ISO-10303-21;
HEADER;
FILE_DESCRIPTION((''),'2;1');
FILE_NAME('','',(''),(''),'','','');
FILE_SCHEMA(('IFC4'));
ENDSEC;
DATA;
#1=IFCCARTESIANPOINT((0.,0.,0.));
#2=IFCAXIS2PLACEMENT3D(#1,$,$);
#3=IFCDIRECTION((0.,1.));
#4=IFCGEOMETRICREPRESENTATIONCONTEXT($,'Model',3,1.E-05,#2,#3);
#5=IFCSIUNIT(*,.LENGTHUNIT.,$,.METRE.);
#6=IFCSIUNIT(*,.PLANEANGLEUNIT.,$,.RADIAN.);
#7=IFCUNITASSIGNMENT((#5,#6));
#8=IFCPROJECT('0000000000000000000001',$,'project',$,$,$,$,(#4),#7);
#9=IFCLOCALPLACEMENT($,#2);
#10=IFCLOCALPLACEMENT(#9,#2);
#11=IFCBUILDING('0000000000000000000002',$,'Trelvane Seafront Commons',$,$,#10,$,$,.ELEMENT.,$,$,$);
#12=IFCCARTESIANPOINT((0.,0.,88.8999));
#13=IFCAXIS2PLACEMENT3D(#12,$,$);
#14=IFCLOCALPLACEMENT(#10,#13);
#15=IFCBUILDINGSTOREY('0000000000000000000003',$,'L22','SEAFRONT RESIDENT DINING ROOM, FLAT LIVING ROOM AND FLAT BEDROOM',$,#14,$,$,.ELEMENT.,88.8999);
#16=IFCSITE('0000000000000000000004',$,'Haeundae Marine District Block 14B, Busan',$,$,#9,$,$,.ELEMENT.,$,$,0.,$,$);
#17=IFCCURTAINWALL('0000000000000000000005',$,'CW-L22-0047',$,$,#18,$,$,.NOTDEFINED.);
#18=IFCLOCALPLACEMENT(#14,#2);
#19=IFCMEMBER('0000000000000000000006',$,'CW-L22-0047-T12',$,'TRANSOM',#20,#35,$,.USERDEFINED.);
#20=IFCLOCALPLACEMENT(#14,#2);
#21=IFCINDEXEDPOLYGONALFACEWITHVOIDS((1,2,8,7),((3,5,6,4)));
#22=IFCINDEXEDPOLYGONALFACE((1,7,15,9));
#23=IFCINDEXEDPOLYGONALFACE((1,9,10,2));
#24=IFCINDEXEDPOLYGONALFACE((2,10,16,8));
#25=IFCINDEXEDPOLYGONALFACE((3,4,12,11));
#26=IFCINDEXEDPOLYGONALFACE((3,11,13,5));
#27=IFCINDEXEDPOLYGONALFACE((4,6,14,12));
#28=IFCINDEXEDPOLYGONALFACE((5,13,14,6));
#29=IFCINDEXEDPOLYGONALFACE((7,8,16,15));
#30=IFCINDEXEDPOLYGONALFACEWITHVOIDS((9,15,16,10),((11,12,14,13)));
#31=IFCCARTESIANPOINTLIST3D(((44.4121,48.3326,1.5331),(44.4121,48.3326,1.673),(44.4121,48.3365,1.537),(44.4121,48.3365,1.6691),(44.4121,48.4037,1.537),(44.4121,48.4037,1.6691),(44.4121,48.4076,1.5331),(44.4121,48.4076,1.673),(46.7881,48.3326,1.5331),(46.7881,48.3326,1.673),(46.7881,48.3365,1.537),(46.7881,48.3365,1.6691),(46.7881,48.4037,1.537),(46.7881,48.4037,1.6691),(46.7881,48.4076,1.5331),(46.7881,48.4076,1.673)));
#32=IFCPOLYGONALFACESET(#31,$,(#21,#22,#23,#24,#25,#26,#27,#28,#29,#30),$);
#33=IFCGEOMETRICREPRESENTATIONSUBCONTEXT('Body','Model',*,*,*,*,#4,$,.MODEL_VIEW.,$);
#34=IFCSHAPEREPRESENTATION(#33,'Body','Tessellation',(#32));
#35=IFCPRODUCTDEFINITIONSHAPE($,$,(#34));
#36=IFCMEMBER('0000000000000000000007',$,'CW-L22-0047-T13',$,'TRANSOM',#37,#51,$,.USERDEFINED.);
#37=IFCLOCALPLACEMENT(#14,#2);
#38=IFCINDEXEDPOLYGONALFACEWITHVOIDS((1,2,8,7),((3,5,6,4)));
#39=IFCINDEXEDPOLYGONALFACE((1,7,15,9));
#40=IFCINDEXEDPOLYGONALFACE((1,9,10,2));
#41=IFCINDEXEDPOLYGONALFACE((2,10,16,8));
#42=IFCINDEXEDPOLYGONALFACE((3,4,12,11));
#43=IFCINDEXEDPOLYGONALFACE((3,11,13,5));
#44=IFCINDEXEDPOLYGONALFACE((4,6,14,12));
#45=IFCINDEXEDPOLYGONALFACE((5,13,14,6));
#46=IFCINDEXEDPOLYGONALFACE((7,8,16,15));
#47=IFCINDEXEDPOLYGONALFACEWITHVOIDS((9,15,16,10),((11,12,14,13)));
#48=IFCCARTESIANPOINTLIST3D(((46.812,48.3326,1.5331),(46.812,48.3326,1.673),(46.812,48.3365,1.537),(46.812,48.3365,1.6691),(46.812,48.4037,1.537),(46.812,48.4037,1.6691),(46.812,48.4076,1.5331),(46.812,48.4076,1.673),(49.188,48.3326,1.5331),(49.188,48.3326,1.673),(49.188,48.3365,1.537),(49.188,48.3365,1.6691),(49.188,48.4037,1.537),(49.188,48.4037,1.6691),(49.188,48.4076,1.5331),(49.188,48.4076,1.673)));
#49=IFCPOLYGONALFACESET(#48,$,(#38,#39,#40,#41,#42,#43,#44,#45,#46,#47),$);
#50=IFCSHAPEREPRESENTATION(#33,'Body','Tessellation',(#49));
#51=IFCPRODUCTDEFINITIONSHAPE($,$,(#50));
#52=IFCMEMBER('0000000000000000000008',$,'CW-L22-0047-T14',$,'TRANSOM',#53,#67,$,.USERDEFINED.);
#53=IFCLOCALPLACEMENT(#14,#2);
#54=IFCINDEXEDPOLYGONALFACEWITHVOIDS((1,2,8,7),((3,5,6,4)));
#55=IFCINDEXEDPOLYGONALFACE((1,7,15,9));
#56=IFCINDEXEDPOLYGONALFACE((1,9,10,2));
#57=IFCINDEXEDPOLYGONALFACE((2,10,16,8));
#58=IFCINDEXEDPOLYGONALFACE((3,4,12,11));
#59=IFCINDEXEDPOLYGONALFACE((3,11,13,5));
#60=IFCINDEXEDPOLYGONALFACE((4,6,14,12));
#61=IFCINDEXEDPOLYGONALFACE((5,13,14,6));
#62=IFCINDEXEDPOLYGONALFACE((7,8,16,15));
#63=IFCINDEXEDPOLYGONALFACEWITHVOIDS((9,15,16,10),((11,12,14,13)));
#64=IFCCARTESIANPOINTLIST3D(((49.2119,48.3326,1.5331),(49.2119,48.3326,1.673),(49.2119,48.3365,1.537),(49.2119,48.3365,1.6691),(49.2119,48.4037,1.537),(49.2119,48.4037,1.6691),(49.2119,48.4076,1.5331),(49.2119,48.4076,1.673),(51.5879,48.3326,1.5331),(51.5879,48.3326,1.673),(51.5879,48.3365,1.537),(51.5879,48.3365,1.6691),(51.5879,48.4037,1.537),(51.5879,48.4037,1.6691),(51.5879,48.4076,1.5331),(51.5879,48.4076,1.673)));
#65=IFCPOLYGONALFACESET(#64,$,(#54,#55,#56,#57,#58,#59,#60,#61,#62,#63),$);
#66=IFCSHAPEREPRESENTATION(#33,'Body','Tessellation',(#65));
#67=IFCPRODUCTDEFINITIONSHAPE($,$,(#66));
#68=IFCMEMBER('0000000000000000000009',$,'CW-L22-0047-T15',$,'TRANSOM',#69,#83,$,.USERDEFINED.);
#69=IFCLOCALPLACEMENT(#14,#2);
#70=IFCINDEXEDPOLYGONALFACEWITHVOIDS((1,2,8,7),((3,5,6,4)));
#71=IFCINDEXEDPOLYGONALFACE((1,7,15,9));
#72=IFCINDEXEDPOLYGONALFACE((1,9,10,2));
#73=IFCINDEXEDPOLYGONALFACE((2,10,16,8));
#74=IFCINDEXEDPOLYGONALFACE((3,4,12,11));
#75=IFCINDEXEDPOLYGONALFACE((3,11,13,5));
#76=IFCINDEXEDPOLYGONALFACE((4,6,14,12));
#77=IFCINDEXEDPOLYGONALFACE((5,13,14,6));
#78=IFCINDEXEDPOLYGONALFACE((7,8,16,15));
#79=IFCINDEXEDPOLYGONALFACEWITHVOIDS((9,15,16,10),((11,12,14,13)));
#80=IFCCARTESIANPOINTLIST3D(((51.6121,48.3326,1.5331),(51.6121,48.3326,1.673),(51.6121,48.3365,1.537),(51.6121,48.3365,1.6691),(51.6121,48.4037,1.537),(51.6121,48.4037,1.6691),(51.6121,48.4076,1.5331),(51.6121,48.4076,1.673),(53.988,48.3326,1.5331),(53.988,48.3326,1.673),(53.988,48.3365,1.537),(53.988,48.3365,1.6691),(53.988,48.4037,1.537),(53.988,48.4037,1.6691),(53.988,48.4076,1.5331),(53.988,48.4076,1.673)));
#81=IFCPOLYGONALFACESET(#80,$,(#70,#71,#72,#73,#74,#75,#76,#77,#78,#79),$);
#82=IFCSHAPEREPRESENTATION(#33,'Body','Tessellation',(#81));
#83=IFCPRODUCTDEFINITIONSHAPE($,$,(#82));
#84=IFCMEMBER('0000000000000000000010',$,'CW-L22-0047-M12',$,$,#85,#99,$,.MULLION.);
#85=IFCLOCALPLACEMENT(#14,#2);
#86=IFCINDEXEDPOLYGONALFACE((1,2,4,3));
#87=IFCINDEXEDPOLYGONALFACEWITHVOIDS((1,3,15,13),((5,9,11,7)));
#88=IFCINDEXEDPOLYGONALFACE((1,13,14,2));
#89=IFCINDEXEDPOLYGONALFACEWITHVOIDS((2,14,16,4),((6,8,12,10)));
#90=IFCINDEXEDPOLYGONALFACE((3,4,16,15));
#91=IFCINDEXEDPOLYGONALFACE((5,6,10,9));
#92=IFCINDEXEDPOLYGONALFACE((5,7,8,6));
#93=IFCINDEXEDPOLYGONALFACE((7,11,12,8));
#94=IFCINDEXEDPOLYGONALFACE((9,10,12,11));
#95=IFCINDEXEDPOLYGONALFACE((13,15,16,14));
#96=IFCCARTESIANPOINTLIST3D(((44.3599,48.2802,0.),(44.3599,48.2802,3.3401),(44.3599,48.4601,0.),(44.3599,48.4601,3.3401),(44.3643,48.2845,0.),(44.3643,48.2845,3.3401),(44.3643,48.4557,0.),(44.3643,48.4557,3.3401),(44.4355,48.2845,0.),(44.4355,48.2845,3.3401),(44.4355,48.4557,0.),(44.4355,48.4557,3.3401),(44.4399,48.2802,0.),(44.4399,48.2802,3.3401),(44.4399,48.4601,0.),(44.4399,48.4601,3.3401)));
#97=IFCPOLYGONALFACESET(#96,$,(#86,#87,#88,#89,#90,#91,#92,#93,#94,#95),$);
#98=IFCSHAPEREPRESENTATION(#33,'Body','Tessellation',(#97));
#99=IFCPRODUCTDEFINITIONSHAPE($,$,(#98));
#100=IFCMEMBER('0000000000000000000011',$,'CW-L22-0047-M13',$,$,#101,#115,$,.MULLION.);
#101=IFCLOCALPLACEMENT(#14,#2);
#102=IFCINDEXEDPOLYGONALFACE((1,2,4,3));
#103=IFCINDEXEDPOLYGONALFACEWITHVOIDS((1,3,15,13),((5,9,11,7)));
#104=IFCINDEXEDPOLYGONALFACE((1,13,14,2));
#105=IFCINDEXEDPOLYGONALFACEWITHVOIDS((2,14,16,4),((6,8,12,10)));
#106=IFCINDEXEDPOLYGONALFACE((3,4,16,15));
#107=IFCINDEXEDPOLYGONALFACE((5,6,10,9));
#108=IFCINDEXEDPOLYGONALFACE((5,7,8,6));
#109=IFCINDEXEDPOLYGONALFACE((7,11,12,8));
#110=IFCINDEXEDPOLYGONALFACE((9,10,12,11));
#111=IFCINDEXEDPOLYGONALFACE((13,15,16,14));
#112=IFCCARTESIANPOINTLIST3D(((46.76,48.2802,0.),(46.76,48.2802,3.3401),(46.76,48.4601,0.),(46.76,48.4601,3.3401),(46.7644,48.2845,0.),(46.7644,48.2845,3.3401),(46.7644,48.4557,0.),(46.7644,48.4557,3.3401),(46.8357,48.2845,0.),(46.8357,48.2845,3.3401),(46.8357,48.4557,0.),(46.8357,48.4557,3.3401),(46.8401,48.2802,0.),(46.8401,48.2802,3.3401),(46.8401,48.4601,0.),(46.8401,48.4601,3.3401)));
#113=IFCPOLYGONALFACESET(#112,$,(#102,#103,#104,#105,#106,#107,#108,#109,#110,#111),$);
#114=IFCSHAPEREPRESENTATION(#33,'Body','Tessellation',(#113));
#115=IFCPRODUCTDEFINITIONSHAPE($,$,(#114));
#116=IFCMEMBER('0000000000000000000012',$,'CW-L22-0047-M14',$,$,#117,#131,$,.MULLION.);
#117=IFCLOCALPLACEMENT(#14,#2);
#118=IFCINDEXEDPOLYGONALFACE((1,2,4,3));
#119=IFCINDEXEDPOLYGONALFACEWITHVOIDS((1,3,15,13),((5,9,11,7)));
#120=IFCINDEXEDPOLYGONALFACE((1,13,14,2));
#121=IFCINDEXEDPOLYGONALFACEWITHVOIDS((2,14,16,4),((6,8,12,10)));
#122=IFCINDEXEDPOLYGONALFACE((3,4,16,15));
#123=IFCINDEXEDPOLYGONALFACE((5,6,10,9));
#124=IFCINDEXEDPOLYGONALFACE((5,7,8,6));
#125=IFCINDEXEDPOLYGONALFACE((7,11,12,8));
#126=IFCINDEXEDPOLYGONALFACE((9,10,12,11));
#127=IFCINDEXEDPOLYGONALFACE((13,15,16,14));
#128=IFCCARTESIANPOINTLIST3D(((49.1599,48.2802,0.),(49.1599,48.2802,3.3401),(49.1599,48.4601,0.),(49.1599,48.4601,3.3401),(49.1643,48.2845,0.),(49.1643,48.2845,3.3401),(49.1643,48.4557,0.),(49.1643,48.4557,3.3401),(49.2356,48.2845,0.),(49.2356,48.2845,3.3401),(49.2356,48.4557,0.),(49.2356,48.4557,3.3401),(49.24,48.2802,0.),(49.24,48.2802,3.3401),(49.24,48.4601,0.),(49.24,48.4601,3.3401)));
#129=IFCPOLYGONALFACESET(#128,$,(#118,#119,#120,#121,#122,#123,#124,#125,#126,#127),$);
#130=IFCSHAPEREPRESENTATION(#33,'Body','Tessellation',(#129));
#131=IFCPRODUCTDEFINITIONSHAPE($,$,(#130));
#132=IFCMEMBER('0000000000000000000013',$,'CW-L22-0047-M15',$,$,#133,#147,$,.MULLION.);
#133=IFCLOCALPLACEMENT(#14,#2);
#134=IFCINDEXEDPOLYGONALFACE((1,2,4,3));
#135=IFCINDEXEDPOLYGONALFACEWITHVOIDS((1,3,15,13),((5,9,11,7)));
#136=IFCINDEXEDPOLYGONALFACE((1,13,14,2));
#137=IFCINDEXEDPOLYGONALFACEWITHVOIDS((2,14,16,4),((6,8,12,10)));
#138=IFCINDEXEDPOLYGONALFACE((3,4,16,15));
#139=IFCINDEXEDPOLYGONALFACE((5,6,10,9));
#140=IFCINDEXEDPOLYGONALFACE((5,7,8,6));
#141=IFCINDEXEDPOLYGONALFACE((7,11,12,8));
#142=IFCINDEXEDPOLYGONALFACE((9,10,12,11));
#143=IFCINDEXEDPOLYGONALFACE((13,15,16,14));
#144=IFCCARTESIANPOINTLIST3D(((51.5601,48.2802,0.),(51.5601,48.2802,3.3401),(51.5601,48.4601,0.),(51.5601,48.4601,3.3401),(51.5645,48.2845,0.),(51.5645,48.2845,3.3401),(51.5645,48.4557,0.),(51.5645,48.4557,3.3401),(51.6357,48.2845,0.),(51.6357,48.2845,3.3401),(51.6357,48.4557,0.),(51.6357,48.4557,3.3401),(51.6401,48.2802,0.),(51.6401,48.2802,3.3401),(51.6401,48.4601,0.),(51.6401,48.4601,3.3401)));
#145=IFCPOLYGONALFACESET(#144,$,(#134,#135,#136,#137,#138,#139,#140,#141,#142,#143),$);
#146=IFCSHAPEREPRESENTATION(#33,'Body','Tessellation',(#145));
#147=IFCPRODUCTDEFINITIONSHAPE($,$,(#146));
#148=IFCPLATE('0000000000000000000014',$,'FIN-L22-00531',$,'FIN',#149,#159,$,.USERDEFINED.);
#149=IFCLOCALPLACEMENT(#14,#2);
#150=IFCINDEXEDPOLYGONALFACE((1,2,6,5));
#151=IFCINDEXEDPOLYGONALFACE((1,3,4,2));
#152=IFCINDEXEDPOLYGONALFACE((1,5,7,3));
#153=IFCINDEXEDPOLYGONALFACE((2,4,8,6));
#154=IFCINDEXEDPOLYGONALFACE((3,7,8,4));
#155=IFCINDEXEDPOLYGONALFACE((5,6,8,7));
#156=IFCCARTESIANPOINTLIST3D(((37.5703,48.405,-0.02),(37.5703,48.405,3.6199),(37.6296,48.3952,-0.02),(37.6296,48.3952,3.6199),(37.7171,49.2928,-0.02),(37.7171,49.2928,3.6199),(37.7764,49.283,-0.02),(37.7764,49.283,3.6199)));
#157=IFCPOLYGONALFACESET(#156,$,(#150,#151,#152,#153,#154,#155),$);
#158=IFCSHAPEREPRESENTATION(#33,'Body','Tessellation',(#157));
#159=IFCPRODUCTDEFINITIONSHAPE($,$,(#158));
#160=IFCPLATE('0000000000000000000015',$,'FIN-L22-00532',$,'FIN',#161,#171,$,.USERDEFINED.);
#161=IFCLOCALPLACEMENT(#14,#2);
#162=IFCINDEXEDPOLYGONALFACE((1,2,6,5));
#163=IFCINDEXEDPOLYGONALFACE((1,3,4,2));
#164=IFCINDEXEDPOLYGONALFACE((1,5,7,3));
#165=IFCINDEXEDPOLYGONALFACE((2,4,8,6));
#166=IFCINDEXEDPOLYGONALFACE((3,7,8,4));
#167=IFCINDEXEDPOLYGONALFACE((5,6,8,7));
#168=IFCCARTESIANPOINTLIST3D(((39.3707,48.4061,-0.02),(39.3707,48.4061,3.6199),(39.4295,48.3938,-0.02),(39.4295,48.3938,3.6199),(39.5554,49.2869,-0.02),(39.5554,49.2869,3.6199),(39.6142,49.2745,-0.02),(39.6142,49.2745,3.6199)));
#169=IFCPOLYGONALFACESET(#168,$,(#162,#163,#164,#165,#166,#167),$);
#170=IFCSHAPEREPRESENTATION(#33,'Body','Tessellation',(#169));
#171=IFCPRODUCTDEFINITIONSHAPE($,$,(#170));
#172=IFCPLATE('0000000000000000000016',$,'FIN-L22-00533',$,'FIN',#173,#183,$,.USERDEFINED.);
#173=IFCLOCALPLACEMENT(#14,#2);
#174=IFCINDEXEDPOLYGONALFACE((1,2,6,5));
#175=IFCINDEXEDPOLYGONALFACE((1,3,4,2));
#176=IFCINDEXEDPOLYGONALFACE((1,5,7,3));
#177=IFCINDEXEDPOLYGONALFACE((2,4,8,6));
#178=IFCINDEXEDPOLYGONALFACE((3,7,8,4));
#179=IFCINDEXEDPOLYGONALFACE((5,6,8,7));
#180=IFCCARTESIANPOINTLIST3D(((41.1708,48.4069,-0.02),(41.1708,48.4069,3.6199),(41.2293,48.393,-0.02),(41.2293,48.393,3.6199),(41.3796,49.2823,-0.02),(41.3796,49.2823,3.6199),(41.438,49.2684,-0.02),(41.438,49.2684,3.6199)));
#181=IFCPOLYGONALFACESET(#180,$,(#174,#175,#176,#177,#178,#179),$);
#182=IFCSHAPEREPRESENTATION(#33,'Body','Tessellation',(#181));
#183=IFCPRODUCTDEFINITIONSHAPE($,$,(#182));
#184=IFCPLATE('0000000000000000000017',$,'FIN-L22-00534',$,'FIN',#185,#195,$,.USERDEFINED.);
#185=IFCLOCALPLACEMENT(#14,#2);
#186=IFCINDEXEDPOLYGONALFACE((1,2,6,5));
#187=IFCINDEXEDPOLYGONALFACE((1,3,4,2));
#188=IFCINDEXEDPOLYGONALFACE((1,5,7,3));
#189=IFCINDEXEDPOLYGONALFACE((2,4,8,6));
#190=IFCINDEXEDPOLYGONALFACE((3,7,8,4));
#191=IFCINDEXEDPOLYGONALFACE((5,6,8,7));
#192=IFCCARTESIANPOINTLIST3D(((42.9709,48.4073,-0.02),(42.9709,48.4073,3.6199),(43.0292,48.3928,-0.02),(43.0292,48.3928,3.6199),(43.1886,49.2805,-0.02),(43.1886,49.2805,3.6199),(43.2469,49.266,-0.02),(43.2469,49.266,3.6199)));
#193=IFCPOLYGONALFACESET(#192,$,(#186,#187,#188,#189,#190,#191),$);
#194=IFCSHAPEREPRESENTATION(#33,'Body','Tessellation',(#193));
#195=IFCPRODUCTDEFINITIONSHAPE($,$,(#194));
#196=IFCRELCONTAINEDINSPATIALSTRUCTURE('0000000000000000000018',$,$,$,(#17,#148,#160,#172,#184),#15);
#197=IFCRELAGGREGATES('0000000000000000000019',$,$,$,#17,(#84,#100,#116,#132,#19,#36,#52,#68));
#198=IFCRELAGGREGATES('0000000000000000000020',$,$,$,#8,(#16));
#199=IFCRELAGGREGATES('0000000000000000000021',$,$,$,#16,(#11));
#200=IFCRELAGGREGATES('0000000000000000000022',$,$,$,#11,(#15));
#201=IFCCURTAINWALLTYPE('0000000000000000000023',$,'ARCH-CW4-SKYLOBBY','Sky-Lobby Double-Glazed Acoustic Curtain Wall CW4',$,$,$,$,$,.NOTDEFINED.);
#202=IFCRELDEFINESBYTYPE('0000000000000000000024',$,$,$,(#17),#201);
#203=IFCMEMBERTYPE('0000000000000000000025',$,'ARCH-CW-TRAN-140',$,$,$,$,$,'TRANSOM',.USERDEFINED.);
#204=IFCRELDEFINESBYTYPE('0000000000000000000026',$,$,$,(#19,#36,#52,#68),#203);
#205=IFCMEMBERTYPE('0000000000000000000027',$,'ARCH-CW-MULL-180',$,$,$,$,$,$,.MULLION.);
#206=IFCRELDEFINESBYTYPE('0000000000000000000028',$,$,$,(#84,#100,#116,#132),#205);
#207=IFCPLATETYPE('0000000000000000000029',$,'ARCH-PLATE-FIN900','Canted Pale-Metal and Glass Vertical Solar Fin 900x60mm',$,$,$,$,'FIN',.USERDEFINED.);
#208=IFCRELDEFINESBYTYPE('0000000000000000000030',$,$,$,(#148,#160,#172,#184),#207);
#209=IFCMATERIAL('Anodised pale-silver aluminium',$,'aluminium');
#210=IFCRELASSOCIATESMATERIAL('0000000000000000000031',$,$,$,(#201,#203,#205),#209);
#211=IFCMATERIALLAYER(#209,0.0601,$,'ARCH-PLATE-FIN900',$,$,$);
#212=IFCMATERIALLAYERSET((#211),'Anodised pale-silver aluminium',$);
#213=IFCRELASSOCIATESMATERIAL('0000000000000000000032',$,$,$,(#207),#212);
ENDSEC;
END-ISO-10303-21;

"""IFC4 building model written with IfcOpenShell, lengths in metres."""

from ifc_helpers import new_model, si_unit, direction, frame, origin, origin_2d, place, context, subcontext, project, spatial, rectangle, hollow_rectangle, extrude, source, transform, mapped, material, layer, layer_set, material_profile, profile_set, type_object, element, aggregate, save


model = new_model("IFC4")

# Units and contexts
model_context = context("Model", 3, precision=1e-05, world=origin(), true_north=direction((0.0, 1.0)))
body_context = subcontext(model_context, "Body", "Model", "MODEL_VIEW")
ifc_project = project(units=[si_unit("LENGTHUNIT", "METRE"), si_unit("PLANEANGLEUNIT", "RADIAN")], contexts=[model_context])

# Site, building, storey
site_placement = place(None, origin())
site = spatial("IfcSite", under=ifc_project, at=site_placement, Name="Haeundae Marine District Block 14B, Busan", CompositionType="ELEMENT", RefElevation=0.0)
building_placement = place(site_placement, origin())
building = spatial("IfcBuilding", under=site, at=building_placement, Name="Trelvane Seafront Commons", CompositionType="ELEMENT")
storey_placement = place(building_placement, frame((0.0, 0.0, 88.8999)))
storey = spatial("IfcBuildingStorey", under=building, at=storey_placement, Name="L22", Description="SEAFRONT RESIDENT DINING ROOM, FLAT LIVING ROOM AND FLAT BEDROOM", CompositionType="ELEMENT", Elevation=88.8999)

# Curtain wall, members
ifc_material_1 = material(Name="Anodised pale-silver aluminium", Category="aluminium")
curtain_wall_type = type_object("IfcCurtainWallType", Name="ARCH-CW4-SKYLOBBY", Description="Sky-Lobby Double-Glazed Acoustic Curtain Wall CW4", PredefinedType="NOTDEFINED", material=ifc_material_1)
curtain_wall_placement = place(storey_placement, origin())
curtain_wall = element("IfcCurtainWall", 1, at=curtain_wall_placement, inside=storey, type_object=curtain_wall_type, Name="CW-L22-0047", PredefinedType="NOTDEFINED")
ifc_material_profile_1 = material_profile(ifc_material_1, hollow_rectangle(XDim=0.075, YDim=0.1399, WallThickness=0.0039, at=origin_2d()), Name="TRAN-75x140x4")
ifc_profile_set_1 = profile_set([ifc_material_profile_1], Name="Anodised pale-silver aluminium")
member_type_1 = type_object("IfcMemberType", Name="ARCH-CW-TRAN-140", ElementType="TRANSOM", PredefinedType="USERDEFINED", material=ifc_profile_set_1)
shared_shape_1 = source(origin(), body_context, "Body", "SweptSolid", [
    extrude(hollow_rectangle(XDim=0.075, YDim=0.1399, WallThickness=0.0039, at=origin_2d()), origin(), (0.0, 0.0, 1.0), 2.376),
])
member_1_placement = place(storey_placement, frame((44.4121, 48.3701, 1.603), z_axis=(1.0, 0.0, 0.0), x_axis=(0.0, 1.0, 0.0)))
member_1 = element("IfcMember", 2, at=member_1_placement, type_object=member_type_1, Name="CW-L22-0047-T12", ObjectType="TRANSOM", PredefinedType="USERDEFINED", context=body_context, shape_type="MappedRepresentation", body=[
    mapped(shared_shape_1, transform((0.0, 0.0, 0.0), x_axis=(1.0, 0.0, 0.0), y_axis=(0.0, 1.0, 0.0), z_axis=(0.0, 0.0, 1.0), scale=1.0)),
])
member_2_placement = place(storey_placement, frame((46.812, 48.3701, 1.603), z_axis=(1.0, 0.0, 0.0), x_axis=(0.0, 1.0, 0.0)))
member_2 = element("IfcMember", 3, at=member_2_placement, type_object=member_type_1, Name="CW-L22-0047-T13", ObjectType="TRANSOM", PredefinedType="USERDEFINED", context=body_context, shape_type="MappedRepresentation", body=[
    mapped(shared_shape_1, transform((0.0, 0.0, 0.0), x_axis=(1.0, 0.0, 0.0), y_axis=(0.0, 1.0, 0.0), z_axis=(0.0, 0.0, 1.0), scale=1.0)),
])
member_3_placement = place(storey_placement, frame((49.2119, 48.3701, 1.603), z_axis=(1.0, 0.0, 0.0), x_axis=(0.0, 1.0, 0.0)))
member_3 = element("IfcMember", 4, at=member_3_placement, type_object=member_type_1, Name="CW-L22-0047-T14", ObjectType="TRANSOM", PredefinedType="USERDEFINED", context=body_context, shape_type="MappedRepresentation", body=[
    mapped(shared_shape_1, transform((0.0, 0.0, 0.0), x_axis=(1.0, 0.0, 0.0), y_axis=(0.0, 1.0, 0.0), z_axis=(0.0, 0.0, 1.0), scale=1.0)),
])
member_4_placement = place(storey_placement, frame((51.6121, 48.3701, 1.603), z_axis=(1.0, 0.0, 0.0), x_axis=(0.0, 1.0, 0.0)))
member_4 = element("IfcMember", 5, at=member_4_placement, type_object=member_type_1, Name="CW-L22-0047-T15", ObjectType="TRANSOM", PredefinedType="USERDEFINED", context=body_context, shape_type="MappedRepresentation", body=[
    mapped(shared_shape_1, transform((0.0, 0.0, 0.0), x_axis=(1.0, 0.0, 0.0), y_axis=(0.0, 1.0, 0.0), z_axis=(0.0, 0.0, 1.0), scale=1.0)),
])
ifc_material_profile_2 = material_profile(ifc_material_1, hollow_rectangle(XDim=0.0801, YDim=0.1799, WallThickness=0.0044, at=origin_2d()), Name="MULL-80x180x4.5")
ifc_profile_set_2 = profile_set([ifc_material_profile_2], Name="Anodised pale-silver aluminium")
member_type_2 = type_object("IfcMemberType", Name="ARCH-CW-MULL-180", PredefinedType="MULLION", material=ifc_profile_set_2)
shared_shape_2 = source(origin(), body_context, "Body", "SweptSolid", [
    extrude(hollow_rectangle(XDim=0.0801, YDim=0.1799, WallThickness=0.0044, at=origin_2d()), origin(), (0.0, 0.0, 1.0), 3.3401),
])
member_5_placement = place(storey_placement, frame((44.3999, 48.3701, 0.0), z_axis=(0.0, 0.0, 1.0), x_axis=(1.0, 0.0, 0.0)))
member_5 = element("IfcMember", 6, at=member_5_placement, type_object=member_type_2, Name="CW-L22-0047-M12", PredefinedType="MULLION", context=body_context, shape_type="MappedRepresentation", body=[
    mapped(shared_shape_2, transform((0.0, 0.0, 0.0), x_axis=(1.0, 0.0, 0.0), y_axis=(0.0, 1.0, 0.0), z_axis=(0.0, 0.0, 1.0), scale=1.0)),
])
member_6_placement = place(storey_placement, frame((46.8, 48.3701, 0.0), z_axis=(0.0, 0.0, 1.0), x_axis=(1.0, 0.0, 0.0)))
member_6 = element("IfcMember", 7, at=member_6_placement, type_object=member_type_2, Name="CW-L22-0047-M13", PredefinedType="MULLION", context=body_context, shape_type="MappedRepresentation", body=[
    mapped(shared_shape_2, transform((0.0, 0.0, 0.0), x_axis=(1.0, 0.0, 0.0), y_axis=(0.0, 1.0, 0.0), z_axis=(0.0, 0.0, 1.0), scale=1.0)),
])
member_7_placement = place(storey_placement, frame((49.2, 48.3701, 0.0), z_axis=(0.0, 0.0, 1.0), x_axis=(1.0, 0.0, 0.0)))
member_7 = element("IfcMember", 8, at=member_7_placement, type_object=member_type_2, Name="CW-L22-0047-M14", PredefinedType="MULLION", context=body_context, shape_type="MappedRepresentation", body=[
    mapped(shared_shape_2, transform((0.0, 0.0, 0.0), x_axis=(1.0, 0.0, 0.0), y_axis=(0.0, 1.0, 0.0), z_axis=(0.0, 0.0, 1.0), scale=1.0)),
])
member_8_placement = place(storey_placement, frame((51.6001, 48.3701, 0.0), z_axis=(0.0, 0.0, 1.0), x_axis=(1.0, 0.0, 0.0)))
member_8 = element("IfcMember", 9, at=member_8_placement, type_object=member_type_2, Name="CW-L22-0047-M15", PredefinedType="MULLION", context=body_context, shape_type="MappedRepresentation", body=[
    mapped(shared_shape_2, transform((0.0, 0.0, 0.0), x_axis=(1.0, 0.0, 0.0), y_axis=(0.0, 1.0, 0.0), z_axis=(0.0, 0.0, 1.0), scale=1.0)),
])

# Plates
ifc_layer_1 = layer(ifc_material_1, 0.0601, Name="ARCH-PLATE-FIN900")
ifc_layer_set_1 = layer_set([ifc_layer_1], Name="Anodised pale-silver aluminium")
plate_type_1 = type_object("IfcPlateType", Name="ARCH-PLATE-FIN900", Description="Canted Pale-Metal and Glass Vertical Solar Fin 900x60mm", ElementType="FIN", PredefinedType="USERDEFINED", material=ifc_layer_set_1)
shared_shape_3 = source(origin(), body_context, "Body", "SweptSolid", [
    extrude(rectangle(XDim=0.8999, YDim=0.0601, at=origin_2d()), origin(), (0.0, 0.0, 1.0), 3.6399),
])
for number, where, z_axis, x_axis, name in (
    (10, (37.6733, 48.844, -0.02), (0.0, 0.0, 1.0), (0.163119, 0.986606, 0.0), "FIN-L22-00531"),
    (11, (39.4924, 48.8403, -0.02), (0.0, 0.0, 1.0), (0.205232, 0.978713, 0.0), "FIN-L22-00532"),
    (12, (41.3044, 48.8376, -0.02), (0.0, 0.0, 1.0), (0.232011, 0.972713, 0.0), "FIN-L22-00533"),
    (13, (43.1089, 48.8367, -0.02), (0.0, 0.0, 1.0), (0.241881, 0.970306, 0.0), "FIN-L22-00534"),
):
    element("IfcPlate", number, at=place(storey_placement, frame(where, z_axis=z_axis, x_axis=x_axis)), inside=storey, type_object=plate_type_1, Name=name, ObjectType="FIN", PredefinedType="USERDEFINED", context=body_context, shape_type="MappedRepresentation", body=[
        mapped(shared_shape_3, transform((0.0, 0.0, 0.0), x_axis=(1.0, 0.0, 0.0), y_axis=(0.0, 1.0, 0.0), z_axis=(0.0, 0.0, 1.0), scale=1.0)),
    ])

aggregate(curtain_wall, [member_5, member_6, member_7, member_8, member_1, member_2, member_3, member_4])

save(model, "model.ifc")
